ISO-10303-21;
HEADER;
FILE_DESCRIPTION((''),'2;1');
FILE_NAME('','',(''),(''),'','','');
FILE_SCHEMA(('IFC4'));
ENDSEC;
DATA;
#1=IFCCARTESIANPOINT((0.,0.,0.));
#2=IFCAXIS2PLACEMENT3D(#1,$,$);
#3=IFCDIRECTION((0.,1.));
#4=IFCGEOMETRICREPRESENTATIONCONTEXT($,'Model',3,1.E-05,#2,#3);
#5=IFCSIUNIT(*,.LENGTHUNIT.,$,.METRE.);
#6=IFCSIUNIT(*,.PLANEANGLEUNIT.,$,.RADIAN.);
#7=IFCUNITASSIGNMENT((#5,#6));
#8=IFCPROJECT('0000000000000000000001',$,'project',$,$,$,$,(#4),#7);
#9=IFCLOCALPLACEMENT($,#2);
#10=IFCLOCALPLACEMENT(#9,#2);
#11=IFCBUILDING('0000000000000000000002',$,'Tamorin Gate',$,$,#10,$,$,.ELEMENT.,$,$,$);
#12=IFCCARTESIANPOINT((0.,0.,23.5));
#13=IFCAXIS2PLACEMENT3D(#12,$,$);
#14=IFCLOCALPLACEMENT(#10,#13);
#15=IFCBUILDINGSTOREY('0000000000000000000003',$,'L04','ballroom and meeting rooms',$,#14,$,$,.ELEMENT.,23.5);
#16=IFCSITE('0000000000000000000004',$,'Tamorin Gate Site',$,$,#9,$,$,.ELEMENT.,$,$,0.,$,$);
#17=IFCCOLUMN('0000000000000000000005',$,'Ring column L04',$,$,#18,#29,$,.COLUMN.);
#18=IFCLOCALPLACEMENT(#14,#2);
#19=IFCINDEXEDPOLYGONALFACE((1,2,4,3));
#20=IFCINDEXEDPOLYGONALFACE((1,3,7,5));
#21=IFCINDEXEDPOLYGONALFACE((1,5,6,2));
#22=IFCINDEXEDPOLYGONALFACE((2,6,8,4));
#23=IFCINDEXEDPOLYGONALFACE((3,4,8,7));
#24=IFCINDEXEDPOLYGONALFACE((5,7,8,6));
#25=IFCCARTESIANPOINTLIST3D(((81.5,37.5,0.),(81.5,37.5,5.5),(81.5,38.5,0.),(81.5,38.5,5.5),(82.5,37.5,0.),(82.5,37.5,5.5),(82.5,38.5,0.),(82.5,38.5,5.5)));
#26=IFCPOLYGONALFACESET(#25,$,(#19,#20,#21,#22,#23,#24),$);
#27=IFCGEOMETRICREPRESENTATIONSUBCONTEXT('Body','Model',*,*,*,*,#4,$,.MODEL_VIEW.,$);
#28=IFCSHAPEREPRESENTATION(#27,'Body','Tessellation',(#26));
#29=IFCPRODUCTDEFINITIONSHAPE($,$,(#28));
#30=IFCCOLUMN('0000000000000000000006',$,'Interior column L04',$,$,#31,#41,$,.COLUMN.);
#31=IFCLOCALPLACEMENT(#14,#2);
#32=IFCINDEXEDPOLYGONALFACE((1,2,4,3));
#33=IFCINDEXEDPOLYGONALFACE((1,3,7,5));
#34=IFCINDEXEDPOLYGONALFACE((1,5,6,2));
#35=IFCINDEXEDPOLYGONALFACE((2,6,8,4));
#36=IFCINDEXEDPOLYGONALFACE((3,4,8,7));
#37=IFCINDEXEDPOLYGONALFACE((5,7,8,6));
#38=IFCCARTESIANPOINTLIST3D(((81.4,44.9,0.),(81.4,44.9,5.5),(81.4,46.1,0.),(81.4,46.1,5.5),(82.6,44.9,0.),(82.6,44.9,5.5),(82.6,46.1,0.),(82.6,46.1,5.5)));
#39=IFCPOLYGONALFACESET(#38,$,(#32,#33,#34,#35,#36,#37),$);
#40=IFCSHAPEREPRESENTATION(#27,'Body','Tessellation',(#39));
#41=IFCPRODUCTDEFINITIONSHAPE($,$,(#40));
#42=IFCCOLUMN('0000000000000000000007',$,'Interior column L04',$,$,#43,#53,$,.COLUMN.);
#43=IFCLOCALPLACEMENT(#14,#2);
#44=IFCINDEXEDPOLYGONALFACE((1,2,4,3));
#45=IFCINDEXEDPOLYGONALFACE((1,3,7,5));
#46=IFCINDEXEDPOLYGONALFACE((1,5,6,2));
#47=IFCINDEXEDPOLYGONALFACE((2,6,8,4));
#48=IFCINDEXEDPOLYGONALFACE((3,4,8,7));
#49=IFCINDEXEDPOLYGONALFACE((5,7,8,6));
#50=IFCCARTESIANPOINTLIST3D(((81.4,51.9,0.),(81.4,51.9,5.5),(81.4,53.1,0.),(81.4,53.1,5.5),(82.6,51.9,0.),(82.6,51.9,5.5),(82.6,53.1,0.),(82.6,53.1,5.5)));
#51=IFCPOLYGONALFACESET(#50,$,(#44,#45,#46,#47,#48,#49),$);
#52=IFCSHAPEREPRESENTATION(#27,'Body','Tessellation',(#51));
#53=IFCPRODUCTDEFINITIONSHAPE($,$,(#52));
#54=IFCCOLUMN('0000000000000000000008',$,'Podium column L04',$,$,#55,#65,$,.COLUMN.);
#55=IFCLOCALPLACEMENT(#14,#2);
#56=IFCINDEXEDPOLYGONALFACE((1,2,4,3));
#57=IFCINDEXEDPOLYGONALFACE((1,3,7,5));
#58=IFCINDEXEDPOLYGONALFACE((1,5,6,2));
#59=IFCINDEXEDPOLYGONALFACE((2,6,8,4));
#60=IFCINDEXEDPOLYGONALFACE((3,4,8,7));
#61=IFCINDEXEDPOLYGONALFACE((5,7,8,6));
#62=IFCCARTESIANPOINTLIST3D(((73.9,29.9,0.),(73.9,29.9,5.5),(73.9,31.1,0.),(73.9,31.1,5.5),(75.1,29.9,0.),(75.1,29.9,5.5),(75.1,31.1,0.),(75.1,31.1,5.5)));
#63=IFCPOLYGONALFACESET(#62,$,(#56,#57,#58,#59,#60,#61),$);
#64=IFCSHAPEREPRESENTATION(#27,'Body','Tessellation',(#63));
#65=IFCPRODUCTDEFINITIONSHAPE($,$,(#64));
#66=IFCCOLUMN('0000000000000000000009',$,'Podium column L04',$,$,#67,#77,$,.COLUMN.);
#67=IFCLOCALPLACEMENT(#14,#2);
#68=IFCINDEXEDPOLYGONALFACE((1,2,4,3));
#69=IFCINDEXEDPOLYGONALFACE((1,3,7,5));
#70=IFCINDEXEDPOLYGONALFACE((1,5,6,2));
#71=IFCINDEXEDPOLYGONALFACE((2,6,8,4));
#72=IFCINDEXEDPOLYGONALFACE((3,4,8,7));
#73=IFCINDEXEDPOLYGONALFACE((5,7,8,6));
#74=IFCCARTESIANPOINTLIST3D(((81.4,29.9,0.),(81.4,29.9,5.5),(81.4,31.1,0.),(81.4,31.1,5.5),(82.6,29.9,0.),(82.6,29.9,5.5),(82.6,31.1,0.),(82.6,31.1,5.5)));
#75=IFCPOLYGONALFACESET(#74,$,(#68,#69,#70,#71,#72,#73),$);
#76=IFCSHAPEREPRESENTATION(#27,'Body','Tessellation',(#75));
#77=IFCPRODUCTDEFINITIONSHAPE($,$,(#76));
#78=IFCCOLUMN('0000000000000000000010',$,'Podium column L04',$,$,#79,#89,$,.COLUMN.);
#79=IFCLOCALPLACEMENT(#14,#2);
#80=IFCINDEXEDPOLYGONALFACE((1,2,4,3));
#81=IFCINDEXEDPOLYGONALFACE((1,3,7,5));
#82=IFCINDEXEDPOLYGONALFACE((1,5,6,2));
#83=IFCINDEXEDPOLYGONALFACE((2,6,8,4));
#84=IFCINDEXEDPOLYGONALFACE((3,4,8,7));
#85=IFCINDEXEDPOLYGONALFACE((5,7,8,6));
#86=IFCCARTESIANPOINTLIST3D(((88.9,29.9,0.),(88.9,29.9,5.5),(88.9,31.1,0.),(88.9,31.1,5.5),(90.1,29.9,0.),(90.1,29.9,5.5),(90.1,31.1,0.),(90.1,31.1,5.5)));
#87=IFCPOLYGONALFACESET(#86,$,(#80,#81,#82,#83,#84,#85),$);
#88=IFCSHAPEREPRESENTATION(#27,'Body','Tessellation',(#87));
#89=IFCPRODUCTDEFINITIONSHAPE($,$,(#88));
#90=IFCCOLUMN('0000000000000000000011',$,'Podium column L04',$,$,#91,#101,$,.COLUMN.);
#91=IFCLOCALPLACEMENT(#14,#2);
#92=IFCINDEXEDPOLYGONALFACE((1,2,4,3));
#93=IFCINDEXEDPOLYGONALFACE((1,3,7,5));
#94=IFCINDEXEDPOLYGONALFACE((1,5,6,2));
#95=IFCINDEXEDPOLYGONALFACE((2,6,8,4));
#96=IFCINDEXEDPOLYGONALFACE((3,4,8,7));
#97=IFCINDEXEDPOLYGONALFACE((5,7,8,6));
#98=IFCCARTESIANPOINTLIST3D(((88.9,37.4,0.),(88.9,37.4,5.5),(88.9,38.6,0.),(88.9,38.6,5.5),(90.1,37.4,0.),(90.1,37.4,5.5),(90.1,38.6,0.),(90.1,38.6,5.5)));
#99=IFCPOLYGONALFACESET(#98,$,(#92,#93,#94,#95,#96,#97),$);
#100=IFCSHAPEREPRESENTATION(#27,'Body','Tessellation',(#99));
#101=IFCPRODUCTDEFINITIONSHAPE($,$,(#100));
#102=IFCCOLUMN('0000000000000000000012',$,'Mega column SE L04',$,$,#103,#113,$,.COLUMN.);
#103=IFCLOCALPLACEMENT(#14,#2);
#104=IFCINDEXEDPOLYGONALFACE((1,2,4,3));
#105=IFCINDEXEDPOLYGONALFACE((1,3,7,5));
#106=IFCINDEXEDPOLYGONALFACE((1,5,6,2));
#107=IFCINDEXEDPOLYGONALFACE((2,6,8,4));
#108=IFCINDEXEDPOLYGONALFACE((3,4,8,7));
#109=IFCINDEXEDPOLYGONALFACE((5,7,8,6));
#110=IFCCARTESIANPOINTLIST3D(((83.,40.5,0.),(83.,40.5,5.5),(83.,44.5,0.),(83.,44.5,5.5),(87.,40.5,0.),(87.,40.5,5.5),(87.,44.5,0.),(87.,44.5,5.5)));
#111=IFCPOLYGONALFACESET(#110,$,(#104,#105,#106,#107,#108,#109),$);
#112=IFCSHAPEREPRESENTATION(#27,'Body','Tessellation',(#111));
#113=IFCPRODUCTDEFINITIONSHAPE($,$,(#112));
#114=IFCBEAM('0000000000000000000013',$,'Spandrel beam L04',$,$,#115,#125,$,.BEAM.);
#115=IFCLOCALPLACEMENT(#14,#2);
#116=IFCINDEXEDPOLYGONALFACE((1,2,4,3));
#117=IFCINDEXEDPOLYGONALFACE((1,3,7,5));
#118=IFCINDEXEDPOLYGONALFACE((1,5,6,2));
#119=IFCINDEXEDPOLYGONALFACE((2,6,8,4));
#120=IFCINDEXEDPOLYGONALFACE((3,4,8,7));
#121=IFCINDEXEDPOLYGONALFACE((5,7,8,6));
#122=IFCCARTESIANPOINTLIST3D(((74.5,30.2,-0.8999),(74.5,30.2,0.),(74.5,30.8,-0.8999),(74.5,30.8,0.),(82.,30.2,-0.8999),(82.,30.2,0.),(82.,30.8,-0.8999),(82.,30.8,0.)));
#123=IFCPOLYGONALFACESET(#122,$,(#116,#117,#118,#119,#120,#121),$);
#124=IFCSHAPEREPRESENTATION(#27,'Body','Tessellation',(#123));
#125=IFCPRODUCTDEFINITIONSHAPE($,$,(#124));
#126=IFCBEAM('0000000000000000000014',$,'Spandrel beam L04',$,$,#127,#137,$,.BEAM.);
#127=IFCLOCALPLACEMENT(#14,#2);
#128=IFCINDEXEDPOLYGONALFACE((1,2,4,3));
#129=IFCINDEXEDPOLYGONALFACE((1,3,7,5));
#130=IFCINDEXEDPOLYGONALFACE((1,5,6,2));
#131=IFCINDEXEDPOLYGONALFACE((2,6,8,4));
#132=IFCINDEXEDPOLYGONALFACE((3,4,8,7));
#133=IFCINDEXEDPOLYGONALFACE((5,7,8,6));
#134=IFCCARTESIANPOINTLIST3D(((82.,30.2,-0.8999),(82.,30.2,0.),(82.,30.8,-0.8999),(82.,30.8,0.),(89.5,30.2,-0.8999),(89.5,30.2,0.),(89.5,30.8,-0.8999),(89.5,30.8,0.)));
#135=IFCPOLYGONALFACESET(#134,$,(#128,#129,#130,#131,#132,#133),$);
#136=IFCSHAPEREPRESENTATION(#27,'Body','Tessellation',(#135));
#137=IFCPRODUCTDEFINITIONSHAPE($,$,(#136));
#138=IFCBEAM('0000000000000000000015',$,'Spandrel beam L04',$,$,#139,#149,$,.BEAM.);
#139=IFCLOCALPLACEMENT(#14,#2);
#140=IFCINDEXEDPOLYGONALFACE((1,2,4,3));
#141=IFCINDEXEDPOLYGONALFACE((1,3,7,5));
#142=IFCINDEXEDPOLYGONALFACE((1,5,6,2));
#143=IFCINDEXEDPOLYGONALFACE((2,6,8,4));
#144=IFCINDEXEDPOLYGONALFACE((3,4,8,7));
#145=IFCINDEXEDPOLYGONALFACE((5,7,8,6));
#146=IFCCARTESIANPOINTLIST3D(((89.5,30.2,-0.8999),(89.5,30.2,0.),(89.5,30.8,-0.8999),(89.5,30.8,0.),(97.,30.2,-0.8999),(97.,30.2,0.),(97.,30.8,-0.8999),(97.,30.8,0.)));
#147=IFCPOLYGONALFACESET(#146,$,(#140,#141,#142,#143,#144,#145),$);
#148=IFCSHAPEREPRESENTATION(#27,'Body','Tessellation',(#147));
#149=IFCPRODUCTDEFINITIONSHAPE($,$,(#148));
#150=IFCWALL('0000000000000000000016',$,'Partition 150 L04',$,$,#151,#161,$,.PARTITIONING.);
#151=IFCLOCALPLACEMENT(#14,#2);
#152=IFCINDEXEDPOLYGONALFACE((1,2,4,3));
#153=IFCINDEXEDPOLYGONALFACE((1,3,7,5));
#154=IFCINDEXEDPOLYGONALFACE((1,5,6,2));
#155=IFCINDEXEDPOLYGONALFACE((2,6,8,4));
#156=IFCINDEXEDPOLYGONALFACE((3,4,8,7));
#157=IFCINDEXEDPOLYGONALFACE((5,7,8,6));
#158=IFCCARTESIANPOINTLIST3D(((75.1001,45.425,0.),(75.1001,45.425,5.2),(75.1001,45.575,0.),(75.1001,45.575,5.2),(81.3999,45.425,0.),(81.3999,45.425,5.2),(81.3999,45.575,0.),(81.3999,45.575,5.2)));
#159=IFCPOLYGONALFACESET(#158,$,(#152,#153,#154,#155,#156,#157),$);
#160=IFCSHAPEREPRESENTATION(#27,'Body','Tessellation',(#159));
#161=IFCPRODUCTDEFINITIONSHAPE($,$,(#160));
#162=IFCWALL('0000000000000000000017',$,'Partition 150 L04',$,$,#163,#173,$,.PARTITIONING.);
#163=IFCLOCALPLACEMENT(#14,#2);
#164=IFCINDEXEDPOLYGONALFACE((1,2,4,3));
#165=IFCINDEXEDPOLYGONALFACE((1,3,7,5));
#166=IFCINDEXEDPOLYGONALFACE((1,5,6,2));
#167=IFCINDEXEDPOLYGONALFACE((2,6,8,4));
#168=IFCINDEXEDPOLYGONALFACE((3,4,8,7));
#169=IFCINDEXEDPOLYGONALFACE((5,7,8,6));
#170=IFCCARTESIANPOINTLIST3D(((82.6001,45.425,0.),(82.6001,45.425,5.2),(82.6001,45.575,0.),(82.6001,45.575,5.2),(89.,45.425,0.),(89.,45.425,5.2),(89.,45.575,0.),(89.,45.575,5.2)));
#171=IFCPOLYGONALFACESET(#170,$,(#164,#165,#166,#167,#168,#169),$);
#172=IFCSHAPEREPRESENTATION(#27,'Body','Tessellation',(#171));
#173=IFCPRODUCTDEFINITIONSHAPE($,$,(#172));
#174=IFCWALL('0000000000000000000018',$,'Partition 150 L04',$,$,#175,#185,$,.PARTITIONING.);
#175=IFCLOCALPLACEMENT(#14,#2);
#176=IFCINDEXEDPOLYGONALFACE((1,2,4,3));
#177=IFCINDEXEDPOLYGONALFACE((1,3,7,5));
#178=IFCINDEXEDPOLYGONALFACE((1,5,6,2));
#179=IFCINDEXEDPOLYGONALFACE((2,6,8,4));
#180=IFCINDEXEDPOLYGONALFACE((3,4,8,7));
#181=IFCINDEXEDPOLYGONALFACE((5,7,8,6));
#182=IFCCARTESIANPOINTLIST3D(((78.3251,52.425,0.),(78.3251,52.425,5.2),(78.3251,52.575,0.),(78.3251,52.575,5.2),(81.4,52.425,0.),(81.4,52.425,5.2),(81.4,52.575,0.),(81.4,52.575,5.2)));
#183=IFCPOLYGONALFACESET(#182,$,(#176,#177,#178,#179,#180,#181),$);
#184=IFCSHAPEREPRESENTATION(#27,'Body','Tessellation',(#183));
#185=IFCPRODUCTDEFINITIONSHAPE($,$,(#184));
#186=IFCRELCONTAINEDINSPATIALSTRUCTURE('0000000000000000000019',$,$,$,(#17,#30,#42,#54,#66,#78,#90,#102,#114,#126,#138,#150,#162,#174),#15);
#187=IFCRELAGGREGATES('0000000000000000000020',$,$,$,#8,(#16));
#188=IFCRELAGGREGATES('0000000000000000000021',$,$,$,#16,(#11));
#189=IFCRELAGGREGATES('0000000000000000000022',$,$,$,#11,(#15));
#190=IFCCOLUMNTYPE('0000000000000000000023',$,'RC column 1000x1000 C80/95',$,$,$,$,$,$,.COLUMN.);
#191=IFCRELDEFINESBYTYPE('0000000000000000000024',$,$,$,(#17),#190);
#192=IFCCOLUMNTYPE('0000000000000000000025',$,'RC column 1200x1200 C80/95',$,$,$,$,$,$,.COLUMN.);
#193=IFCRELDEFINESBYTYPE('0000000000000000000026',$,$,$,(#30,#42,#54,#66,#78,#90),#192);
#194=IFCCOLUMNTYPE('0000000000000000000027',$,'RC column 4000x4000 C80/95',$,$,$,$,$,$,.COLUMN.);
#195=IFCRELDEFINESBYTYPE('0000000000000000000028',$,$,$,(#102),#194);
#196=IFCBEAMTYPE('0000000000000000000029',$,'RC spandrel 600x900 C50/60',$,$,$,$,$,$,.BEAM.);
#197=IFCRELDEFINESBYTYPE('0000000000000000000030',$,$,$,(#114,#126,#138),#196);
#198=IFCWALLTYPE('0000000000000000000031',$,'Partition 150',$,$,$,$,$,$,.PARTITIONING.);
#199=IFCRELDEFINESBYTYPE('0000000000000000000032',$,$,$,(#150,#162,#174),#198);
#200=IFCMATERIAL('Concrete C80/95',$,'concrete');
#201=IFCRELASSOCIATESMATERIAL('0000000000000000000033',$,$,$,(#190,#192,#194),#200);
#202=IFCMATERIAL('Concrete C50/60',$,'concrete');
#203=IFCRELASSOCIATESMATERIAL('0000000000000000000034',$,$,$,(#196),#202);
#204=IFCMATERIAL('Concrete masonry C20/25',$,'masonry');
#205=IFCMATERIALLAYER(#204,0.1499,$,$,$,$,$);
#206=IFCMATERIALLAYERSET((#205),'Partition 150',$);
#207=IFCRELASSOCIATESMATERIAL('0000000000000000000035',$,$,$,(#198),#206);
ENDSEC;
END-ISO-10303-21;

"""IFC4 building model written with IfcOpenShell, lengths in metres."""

from ifc_helpers import new_model, si_unit, direction, frame, frame_2d, origin, origin_2d, place, context, subcontext, project, spatial, rectangle, extrude, material, layer, layer_set, material_profile, profile_set, type_object, element, save


model = new_model("IFC4")

# Units and contexts
model_context = context("Model", 3, precision=1e-05, world=origin(), true_north=direction((0.0, 1.0)))
body_context = subcontext(model_context, "Body", "Model", "MODEL_VIEW")
ifc_project = project(units=[si_unit("LENGTHUNIT", "METRE"), si_unit("PLANEANGLEUNIT", "RADIAN")], contexts=[model_context])

# Site, building, storey
site_placement = place(None, origin())
site = spatial("IfcSite", under=ifc_project, at=site_placement, Name="Tamorin Gate Site", CompositionType="ELEMENT", RefElevation=0.0)
building_placement = place(site_placement, origin())
building = spatial("IfcBuilding", under=site, at=building_placement, Name="Tamorin Gate", CompositionType="ELEMENT")
storey_placement = place(building_placement, frame((0.0, 0.0, 23.5)))
storey = spatial("IfcBuildingStorey", under=building, at=storey_placement, Name="L04", Description="ballroom and meeting rooms", CompositionType="ELEMENT", Elevation=23.5)

# Columns
ifc_material_1 = material(Name="Concrete C80/95", Category="concrete")
ifc_material_profile_1 = material_profile(ifc_material_1, rectangle(XDim=1.0, YDim=1.0, at=origin_2d()), Name="RC 1000x1000")
ifc_profile_set_1 = profile_set([ifc_material_profile_1], Name="Concrete C80/95")
column_type_1 = type_object("IfcColumnType", Name="RC column 1000x1000 C80/95", PredefinedType="COLUMN", material=ifc_profile_set_1)
column_1_placement = place(storey_placement, frame((82.0, 38.0, 0.0), z_axis=(0.0, 0.0, 1.0), x_axis=(1.0, 0.0, 0.0)))
element("IfcColumn", 1, at=column_1_placement, inside=storey, type_object=column_type_1, Name="Ring column L04", PredefinedType="COLUMN", context=body_context, shape_type="SweptSolid", body=[
    extrude(rectangle(XDim=1.0, YDim=1.0, at=origin_2d()), origin(), (0.0, 0.0, 1.0), 5.5),
])
ifc_material_profile_2 = material_profile(ifc_material_1, rectangle(XDim=1.2, YDim=1.2, at=origin_2d()), Name="RC 1200x1200")
ifc_profile_set_2 = profile_set([ifc_material_profile_2], Name="Concrete C80/95")
column_type_2 = type_object("IfcColumnType", Name="RC column 1200x1200 C80/95", PredefinedType="COLUMN", material=ifc_profile_set_2)
for number, where, z_axis, x_axis, name in (
    (2, (82.0, 45.5, 0.0), (0.0, 0.0, 1.0), (1.0, 0.0, 0.0), "Interior column L04"),
    (3, (82.0, 52.5, 0.0), (0.0, 0.0, 1.0), (1.0, 0.0, 0.0), "Interior column L04"),
    (4, (74.5, 30.5, 0.0), (0.0, 0.0, 1.0), (1.0, 0.0, 0.0), "Podium column L04"),
    (5, (82.0, 30.5, 0.0), (0.0, 0.0, 1.0), (1.0, 0.0, 0.0), "Podium column L04"),
    (6, (89.5, 30.5, 0.0), (0.0, 0.0, 1.0), (1.0, 0.0, 0.0), "Podium column L04"),
    (7, (89.5, 38.0, 0.0), (0.0, 0.0, 1.0), (1.0, 0.0, 0.0), "Podium column L04"),
):
    element("IfcColumn", number, at=place(storey_placement, frame(where, z_axis=z_axis, x_axis=x_axis)), inside=storey, type_object=column_type_2, Name=name, PredefinedType="COLUMN", context=body_context, shape_type="SweptSolid", body=[
        extrude(rectangle(XDim=1.2, YDim=1.2, at=origin_2d()), origin(), (0.0, 0.0, 1.0), 5.5),
    ])
ifc_material_profile_3 = material_profile(ifc_material_1, rectangle(XDim=4.0, YDim=4.0, at=origin_2d()), Name="RC 4000x4000")
ifc_profile_set_3 = profile_set([ifc_material_profile_3], Name="Concrete C80/95")
column_type_3 = type_object("IfcColumnType", Name="RC column 4000x4000 C80/95", PredefinedType="COLUMN", material=ifc_profile_set_3)
column_2_placement = place(storey_placement, frame((85.0, 42.5, 0.0), z_axis=(0.0, 0.0, 1.0), x_axis=(1.0, 0.0, 0.0)))
element("IfcColumn", 8, at=column_2_placement, inside=storey, type_object=column_type_3, Name="Mega column SE L04", PredefinedType="COLUMN", context=body_context, shape_type="SweptSolid", body=[
    extrude(rectangle(XDim=4.0, YDim=4.0, at=origin_2d()), origin(), (0.0, 0.0, 1.0), 5.5),
])

# Beams
ifc_material_2 = material(Name="Concrete C50/60", Category="concrete")
ifc_material_profile_4 = material_profile(ifc_material_2, rectangle(XDim=0.6001, YDim=0.8999, at=origin_2d()), Name="RC 600x900")
ifc_profile_set_4 = profile_set([ifc_material_profile_4], Name="Concrete C50/60")
beam_type = type_object("IfcBeamType", Name="RC spandrel 600x900 C50/60", PredefinedType="BEAM", material=ifc_profile_set_4)
for number, where, z_axis, x_axis, name in (
    (9, (74.5, 30.5, -0.45), (1.0, 0.0, 0.0), (0.0, 1.0, 0.0), "Spandrel beam L04"),
    (10, (82.0, 30.5, -0.45), (1.0, 0.0, 0.0), (0.0, 1.0, 0.0), "Spandrel beam L04"),
    (11, (89.5, 30.5, -0.45), (1.0, 0.0, 0.0), (0.0, 1.0, 0.0), "Spandrel beam L04"),
):
    element("IfcBeam", number, at=place(storey_placement, frame(where, z_axis=z_axis, x_axis=x_axis)), inside=storey, type_object=beam_type, Name=name, PredefinedType="BEAM", context=body_context, shape_type="SweptSolid", body=[
        extrude(rectangle(XDim=0.6001, YDim=0.8999, at=origin_2d()), origin(), (0.0, 0.0, 1.0), 7.5),
    ])

# Walls
ifc_material_3 = material(Name="Concrete masonry C20/25", Category="masonry")
ifc_layer_1 = layer(ifc_material_3, 0.1499)
ifc_layer_set_1 = layer_set([ifc_layer_1], Name="Partition 150")
wall_type_1 = type_object("IfcWallType", Name="Partition 150", PredefinedType="PARTITIONING", material=ifc_layer_set_1)
wall_1_placement = place(storey_placement, frame((75.1001, 45.5, 0.0), z_axis=(0.0, 0.0, 1.0), x_axis=(1.0, 0.0, 0.0)))
element("IfcWall", 12, at=wall_1_placement, inside=storey, type_object=wall_type_1, Name="Partition 150 L04", PredefinedType="PARTITIONING", context=body_context, shape_type="SweptSolid", body=[
    extrude(rectangle(XDim=6.2998, YDim=0.1499, at=frame_2d((3.1499, 0.0))), origin(), (0.0, 0.0, 1.0), 5.2),
])
wall_2_placement = place(storey_placement, frame((82.6001, 45.5, 0.0), z_axis=(0.0, 0.0, 1.0), x_axis=(1.0, 0.0, 0.0)))
element("IfcWall", 13, at=wall_2_placement, inside=storey, type_object=wall_type_1, Name="Partition 150 L04", PredefinedType="PARTITIONING", context=body_context, shape_type="SweptSolid", body=[
    extrude(rectangle(XDim=6.3999, YDim=0.1499, at=frame_2d((3.2, 0.0))), origin(), (0.0, 0.0, 1.0), 5.2),
])

# Wall
wall_3_placement = place(storey_placement, frame((78.325, 52.5, 0.0), z_axis=(0.0, 0.0, 1.0), x_axis=(1.0, 0.0, 0.0)))
element("IfcWall", 14, at=wall_3_placement, inside=storey, type_object=wall_type_1, Name="Partition 150 L04", PredefinedType="PARTITIONING", context=body_context, shape_type="SweptSolid", body=[
    extrude(rectangle(XDim=3.075, YDim=0.1499, at=frame_2d((1.5376, 0.0))), origin(), (0.0, 0.0, 1.0), 5.2),
])

save(model, "model.ifc")
